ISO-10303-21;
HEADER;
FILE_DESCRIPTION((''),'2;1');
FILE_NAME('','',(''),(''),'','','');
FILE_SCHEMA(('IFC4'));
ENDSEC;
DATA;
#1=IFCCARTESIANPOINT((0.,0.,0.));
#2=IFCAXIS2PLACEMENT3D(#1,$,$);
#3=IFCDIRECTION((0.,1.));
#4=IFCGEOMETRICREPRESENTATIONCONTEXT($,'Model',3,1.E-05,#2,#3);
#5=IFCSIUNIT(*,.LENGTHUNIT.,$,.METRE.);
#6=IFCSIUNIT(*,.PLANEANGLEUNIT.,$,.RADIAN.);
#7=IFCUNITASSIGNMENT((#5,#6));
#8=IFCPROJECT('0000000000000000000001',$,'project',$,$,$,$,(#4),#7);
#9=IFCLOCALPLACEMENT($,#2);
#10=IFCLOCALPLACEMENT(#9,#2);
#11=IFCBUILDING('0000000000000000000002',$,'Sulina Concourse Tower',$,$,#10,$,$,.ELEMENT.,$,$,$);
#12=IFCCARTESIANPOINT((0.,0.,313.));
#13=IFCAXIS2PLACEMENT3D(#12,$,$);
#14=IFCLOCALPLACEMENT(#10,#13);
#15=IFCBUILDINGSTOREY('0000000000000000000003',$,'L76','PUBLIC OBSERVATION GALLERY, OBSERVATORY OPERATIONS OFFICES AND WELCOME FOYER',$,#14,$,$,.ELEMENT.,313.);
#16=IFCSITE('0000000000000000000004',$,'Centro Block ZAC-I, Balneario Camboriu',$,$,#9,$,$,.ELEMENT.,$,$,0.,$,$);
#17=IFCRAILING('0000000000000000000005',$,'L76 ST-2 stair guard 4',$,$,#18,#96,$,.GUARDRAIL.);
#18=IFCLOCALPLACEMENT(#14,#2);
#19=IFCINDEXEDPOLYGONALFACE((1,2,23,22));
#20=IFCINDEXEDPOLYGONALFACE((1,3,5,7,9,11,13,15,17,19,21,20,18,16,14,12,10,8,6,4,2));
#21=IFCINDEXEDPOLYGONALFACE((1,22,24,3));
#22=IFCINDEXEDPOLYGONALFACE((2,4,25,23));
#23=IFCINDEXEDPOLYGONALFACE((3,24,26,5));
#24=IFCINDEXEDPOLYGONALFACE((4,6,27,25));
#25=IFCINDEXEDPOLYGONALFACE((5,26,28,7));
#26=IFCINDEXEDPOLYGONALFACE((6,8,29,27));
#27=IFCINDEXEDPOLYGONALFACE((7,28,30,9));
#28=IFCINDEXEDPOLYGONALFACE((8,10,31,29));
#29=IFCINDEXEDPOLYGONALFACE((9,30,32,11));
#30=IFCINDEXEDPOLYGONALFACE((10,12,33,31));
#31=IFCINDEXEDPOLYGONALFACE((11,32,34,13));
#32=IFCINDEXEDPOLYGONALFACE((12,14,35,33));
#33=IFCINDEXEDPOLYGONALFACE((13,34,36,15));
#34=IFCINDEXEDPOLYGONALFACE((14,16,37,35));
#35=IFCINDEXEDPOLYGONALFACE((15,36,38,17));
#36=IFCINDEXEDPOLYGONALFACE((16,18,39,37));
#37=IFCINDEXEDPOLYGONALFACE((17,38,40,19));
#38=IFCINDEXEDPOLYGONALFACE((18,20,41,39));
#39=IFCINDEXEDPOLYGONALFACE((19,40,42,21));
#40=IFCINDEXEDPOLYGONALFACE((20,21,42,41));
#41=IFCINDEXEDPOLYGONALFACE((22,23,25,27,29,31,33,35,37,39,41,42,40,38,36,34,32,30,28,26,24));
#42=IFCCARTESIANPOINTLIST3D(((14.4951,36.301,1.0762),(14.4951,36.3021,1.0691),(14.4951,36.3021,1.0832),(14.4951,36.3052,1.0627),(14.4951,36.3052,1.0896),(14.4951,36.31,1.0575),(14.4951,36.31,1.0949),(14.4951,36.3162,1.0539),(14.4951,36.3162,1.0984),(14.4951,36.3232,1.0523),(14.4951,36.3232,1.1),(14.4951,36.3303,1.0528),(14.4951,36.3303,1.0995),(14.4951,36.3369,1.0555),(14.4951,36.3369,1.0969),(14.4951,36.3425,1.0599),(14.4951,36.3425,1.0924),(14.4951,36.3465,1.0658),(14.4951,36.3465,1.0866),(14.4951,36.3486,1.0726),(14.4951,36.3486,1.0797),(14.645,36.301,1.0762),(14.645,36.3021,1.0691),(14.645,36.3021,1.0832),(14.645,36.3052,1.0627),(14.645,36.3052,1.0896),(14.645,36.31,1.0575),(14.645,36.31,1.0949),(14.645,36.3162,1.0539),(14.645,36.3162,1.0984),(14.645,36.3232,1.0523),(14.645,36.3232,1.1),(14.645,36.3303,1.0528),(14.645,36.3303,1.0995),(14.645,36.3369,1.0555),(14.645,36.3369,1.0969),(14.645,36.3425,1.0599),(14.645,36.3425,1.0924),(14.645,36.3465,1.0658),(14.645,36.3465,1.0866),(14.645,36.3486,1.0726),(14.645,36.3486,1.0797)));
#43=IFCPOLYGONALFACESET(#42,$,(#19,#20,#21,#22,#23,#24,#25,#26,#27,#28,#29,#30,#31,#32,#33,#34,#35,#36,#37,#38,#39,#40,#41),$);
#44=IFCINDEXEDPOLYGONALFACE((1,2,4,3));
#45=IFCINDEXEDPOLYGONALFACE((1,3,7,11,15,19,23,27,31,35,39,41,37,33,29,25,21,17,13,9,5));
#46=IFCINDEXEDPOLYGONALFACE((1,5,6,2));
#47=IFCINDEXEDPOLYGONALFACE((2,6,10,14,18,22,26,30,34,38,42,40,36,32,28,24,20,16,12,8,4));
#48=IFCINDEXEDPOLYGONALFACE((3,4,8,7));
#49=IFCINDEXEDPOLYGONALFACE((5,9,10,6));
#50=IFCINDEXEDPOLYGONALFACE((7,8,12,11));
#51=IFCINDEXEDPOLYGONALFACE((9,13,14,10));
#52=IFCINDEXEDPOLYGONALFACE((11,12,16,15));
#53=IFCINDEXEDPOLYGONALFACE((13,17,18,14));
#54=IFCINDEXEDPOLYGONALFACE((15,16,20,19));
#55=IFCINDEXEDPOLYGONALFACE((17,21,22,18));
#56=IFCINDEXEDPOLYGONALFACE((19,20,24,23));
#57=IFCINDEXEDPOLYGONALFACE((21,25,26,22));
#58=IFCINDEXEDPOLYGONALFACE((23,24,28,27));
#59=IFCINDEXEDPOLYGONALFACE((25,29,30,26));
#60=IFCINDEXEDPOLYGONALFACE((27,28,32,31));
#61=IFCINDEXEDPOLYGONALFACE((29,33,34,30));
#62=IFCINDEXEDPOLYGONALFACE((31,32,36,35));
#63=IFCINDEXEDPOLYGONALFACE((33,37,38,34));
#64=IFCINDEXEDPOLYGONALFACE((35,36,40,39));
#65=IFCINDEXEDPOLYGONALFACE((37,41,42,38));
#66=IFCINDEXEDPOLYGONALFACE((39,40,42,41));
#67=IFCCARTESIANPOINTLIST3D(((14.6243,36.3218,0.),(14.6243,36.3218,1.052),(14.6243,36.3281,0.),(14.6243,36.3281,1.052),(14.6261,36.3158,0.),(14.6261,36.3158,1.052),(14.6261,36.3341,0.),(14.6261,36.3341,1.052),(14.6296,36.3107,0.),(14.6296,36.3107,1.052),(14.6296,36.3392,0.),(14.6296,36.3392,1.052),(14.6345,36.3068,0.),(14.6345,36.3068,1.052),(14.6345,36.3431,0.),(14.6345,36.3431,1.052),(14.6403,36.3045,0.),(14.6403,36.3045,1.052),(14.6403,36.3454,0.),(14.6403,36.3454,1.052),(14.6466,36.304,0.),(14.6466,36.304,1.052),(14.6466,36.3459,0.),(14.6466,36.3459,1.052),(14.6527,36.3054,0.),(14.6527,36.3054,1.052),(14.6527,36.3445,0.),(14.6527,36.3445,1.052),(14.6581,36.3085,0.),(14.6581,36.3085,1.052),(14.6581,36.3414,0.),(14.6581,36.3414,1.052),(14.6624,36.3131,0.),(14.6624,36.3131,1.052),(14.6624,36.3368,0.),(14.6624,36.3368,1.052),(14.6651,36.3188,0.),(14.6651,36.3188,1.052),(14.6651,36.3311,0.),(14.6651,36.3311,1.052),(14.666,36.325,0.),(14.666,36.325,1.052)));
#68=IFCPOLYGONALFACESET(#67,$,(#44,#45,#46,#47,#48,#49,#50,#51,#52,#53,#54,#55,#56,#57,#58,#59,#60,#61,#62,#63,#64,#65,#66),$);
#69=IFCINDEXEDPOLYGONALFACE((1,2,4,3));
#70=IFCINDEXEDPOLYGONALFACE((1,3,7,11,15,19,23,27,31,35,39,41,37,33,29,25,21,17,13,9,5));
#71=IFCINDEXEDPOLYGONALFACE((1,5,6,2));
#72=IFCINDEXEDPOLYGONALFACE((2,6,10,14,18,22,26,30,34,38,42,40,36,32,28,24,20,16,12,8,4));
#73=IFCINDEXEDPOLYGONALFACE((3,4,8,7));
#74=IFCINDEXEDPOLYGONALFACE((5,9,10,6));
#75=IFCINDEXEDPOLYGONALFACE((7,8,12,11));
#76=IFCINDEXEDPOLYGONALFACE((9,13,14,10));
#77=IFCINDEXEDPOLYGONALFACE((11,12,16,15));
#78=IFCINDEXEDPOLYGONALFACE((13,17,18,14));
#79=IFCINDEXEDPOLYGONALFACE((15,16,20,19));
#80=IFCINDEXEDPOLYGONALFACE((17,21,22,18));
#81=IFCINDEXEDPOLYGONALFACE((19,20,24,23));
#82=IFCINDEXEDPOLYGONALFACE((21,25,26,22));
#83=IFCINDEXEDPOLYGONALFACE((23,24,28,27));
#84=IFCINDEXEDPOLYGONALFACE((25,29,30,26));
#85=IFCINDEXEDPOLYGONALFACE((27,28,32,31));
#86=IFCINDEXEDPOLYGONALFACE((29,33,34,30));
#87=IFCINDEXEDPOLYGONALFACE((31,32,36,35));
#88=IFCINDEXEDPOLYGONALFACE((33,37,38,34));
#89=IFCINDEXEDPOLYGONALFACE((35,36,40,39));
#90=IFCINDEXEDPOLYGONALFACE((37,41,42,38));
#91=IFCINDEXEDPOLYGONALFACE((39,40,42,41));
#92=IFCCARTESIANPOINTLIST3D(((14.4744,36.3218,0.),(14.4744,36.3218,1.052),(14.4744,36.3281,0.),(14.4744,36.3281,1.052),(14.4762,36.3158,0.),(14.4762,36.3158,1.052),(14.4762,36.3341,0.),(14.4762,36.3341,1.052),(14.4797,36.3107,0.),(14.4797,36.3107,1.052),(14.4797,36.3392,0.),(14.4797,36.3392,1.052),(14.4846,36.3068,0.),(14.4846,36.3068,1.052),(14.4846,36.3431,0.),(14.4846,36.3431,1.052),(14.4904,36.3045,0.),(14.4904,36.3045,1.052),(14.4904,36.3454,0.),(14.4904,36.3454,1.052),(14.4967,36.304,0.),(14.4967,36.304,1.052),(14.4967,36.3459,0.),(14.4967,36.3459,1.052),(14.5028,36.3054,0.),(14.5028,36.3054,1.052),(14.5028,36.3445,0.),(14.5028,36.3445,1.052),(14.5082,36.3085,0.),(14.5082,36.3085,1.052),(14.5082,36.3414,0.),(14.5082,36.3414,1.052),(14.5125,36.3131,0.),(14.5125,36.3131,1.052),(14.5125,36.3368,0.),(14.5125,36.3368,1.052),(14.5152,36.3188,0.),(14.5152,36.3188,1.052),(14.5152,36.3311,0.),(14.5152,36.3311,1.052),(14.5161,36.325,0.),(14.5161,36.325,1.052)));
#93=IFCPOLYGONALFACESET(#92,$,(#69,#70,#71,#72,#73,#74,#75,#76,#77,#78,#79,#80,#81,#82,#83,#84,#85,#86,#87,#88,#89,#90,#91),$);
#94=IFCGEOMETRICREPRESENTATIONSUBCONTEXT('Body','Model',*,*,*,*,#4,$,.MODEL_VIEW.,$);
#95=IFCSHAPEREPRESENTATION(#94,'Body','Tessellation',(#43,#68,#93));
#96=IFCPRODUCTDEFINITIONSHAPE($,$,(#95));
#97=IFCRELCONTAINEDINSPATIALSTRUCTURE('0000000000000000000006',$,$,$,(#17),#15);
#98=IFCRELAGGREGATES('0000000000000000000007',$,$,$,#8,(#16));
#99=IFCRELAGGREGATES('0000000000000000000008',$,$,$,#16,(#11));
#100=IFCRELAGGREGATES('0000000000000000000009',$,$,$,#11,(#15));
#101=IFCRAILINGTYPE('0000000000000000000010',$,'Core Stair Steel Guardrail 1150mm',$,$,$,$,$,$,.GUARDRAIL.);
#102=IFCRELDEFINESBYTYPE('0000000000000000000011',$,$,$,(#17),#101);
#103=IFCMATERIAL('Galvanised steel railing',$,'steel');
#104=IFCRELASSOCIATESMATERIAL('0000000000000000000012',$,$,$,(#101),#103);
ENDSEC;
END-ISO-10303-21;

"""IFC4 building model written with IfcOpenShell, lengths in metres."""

from ifc_helpers import new_model, si_unit, direction, frame, origin, origin_2d, place, context, subcontext, project, spatial, circle, extrude, material, type_object, element, save


model = new_model("IFC4")

# Units and contexts
model_context = context("Model", 3, precision=1e-05, world=origin(), true_north=direction((0.0, 1.0)))
body_context = subcontext(model_context, "Body", "Model", "MODEL_VIEW")
ifc_project = project(units=[si_unit("LENGTHUNIT", "METRE"), si_unit("PLANEANGLEUNIT", "RADIAN")], contexts=[model_context])

# Site, building, storey
site_placement = place(None, origin())
site = spatial("IfcSite", under=ifc_project, at=site_placement, Name="Centro Block ZAC-I, Balneario Camboriu", CompositionType="ELEMENT", RefElevation=0.0)
building_placement = place(site_placement, origin())
building = spatial("IfcBuilding", under=site, at=building_placement, Name="Sulina Concourse Tower", CompositionType="ELEMENT")
storey_placement = place(building_placement, frame((0.0, 0.0, 313.0)))
storey = spatial("IfcBuildingStorey", under=building, at=storey_placement, Name="L76", Description="PUBLIC OBSERVATION GALLERY, OBSERVATORY OPERATIONS OFFICES AND WELCOME FOYER", CompositionType="ELEMENT", Elevation=313.0)

# Railing
ifc_material_1 = material(Name="Galvanised steel railing", Category="steel")
railing_type_1 = type_object("IfcRailingType", Name="Core Stair Steel Guardrail 1150mm", PredefinedType="GUARDRAIL", material=ifc_material_1)
railing_1_placement = place(storey_placement, frame((14.645, 36.325, 0.0)))
element("IfcRailing", 1, at=railing_1_placement, inside=storey, type_object=railing_type_1, Name="L76 ST-2 stair guard 4", PredefinedType="GUARDRAIL", context=body_context, shape_type="SweptSolid", body=[
    extrude(circle(Radius=0.0239, at=origin_2d()), frame((0.0, 0.0, 1.0762), z_axis=(-1.0, 0.0, 0.0), x_axis=(0.0, -1.0, 0.0)), (0.0, 0.0, 1.0), 0.1499),
    extrude(circle(Radius=0.021, at=origin_2d()), origin(), (0.0, 0.0, 1.0), 1.052),
    extrude(circle(Radius=0.021, at=origin_2d()), frame((-0.1499, 0.0, 0.0)), (0.0, 0.0, 1.0), 1.052),
])

save(model, "model.ifc")
